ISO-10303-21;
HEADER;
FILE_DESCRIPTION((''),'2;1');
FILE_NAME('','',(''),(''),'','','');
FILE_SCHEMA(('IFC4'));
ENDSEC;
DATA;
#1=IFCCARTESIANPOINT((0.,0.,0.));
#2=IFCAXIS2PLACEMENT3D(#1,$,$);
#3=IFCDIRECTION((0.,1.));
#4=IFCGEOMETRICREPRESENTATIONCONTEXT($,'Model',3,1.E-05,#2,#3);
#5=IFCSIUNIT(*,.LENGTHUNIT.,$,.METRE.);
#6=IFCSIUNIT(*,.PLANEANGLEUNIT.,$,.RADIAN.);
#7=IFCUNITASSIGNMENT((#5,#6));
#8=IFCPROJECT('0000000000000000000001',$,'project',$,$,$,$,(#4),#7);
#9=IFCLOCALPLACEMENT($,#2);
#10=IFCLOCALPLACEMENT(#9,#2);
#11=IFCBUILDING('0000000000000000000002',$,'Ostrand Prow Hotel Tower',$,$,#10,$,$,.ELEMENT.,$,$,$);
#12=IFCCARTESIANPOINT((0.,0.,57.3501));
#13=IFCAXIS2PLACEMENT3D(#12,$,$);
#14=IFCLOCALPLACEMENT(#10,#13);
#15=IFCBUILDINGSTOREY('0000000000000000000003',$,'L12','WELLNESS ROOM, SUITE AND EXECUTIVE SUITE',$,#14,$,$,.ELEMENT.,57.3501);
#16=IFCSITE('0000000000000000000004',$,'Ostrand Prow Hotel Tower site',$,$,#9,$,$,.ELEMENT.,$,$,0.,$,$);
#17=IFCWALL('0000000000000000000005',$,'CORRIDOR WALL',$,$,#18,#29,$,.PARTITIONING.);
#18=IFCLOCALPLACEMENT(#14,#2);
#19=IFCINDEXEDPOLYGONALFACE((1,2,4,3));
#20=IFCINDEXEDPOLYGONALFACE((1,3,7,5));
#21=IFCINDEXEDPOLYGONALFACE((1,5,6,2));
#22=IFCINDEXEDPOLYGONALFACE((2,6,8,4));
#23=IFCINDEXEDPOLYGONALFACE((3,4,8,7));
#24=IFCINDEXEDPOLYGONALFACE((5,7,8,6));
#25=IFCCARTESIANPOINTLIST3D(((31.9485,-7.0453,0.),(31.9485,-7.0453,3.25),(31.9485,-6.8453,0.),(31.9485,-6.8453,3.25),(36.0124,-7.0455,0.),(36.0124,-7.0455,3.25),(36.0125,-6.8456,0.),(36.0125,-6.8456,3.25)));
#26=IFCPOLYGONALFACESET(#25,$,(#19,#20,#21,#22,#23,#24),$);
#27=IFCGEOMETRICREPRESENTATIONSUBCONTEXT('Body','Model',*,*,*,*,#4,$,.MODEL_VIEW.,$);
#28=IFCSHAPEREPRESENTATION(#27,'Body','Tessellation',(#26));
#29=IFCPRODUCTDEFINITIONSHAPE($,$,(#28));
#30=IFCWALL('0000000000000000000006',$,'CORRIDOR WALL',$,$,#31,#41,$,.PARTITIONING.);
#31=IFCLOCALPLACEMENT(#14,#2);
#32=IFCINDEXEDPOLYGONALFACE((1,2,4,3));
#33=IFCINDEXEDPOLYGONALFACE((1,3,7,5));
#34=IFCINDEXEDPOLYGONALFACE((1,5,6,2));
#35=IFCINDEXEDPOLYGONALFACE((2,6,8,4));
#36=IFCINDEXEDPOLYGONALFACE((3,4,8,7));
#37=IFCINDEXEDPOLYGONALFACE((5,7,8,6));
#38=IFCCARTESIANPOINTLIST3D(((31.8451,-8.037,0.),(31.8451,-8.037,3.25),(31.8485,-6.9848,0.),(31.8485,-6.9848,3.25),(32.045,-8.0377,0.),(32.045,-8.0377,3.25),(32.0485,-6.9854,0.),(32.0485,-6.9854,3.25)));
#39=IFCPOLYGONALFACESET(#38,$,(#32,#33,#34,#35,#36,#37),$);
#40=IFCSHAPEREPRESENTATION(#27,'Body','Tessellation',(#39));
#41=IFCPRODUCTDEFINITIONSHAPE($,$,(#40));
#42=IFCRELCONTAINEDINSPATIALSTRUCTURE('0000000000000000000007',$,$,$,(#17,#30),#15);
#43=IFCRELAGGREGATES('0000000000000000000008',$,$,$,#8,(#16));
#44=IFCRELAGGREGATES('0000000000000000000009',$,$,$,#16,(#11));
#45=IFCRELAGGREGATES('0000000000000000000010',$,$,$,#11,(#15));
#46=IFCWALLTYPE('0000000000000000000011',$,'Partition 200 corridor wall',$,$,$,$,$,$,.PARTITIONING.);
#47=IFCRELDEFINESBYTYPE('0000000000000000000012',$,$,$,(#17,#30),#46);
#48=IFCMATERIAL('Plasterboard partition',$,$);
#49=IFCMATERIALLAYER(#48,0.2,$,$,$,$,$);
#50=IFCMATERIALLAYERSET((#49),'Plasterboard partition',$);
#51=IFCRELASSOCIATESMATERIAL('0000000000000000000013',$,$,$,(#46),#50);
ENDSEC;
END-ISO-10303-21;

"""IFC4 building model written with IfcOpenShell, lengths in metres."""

from ifc_helpers import new_model, si_unit, direction, frame, frame_2d, origin, place, context, subcontext, project, spatial, rectangle, extrude, material, layer, layer_set, type_object, element, save


model = new_model("IFC4")

# Units and contexts
model_context = context("Model", 3, precision=1e-05, world=origin(), true_north=direction((0.0, 1.0)))
body_context = subcontext(model_context, "Body", "Model", "MODEL_VIEW")
ifc_project = project(units=[si_unit("LENGTHUNIT", "METRE"), si_unit("PLANEANGLEUNIT", "RADIAN")], contexts=[model_context])

# Site, building, storey
site_placement = place(None, origin())
site = spatial("IfcSite", under=ifc_project, at=site_placement, Name="Ostrand Prow Hotel Tower site", CompositionType="ELEMENT", RefElevation=0.0)
building_placement = place(site_placement, origin())
building = spatial("IfcBuilding", under=site, at=building_placement, Name="Ostrand Prow Hotel Tower", CompositionType="ELEMENT")
storey_placement = place(building_placement, frame((0.0, 0.0, 57.3501)))
storey = spatial("IfcBuildingStorey", under=building, at=storey_placement, Name="L12", Description="WELLNESS ROOM, SUITE AND EXECUTIVE SUITE", CompositionType="ELEMENT", Elevation=57.3501)

# Shared definitions
ifc_material_1 = material(Name="Plasterboard partition")
ifc_layer_1 = layer(ifc_material_1, 0.2)
ifc_layer_set_1 = layer_set([ifc_layer_1], Name="Plasterboard partition")
wall_type_1 = type_object("IfcWallType", Name="Partition 200 corridor wall", PredefinedType="PARTITIONING", material=ifc_layer_set_1)

# Walls
wall_1_placement = place(storey_placement, frame((36.0125, -6.9456, 0.0), z_axis=(0.0, 0.0, 1.0), x_axis=(-1.0, 0.00006, 0.0)))
element("IfcWall", 1, at=wall_1_placement, inside=storey, type_object=wall_type_1, Name="CORRIDOR WALL", PredefinedType="PARTITIONING", context=body_context, shape_type="SweptSolid", body=[
    extrude(rectangle(XDim=4.064, YDim=0.2, at=frame_2d((2.032, 0.0))), origin(), (0.0, 0.0, 1.0), 3.25),
])
wall_2_placement = place(storey_placement, frame((31.9485, -6.9851, 0.0), z_axis=(0.0, 0.0, 1.0), x_axis=(-0.003248, -0.999995, 0.0)))
element("IfcWall", 2, at=wall_2_placement, inside=storey, type_object=wall_type_1, Name="CORRIDOR WALL", PredefinedType="PARTITIONING", context=body_context, shape_type="SweptSolid", body=[
    extrude(rectangle(XDim=1.0522, YDim=0.2, at=frame_2d((0.5261, 0.0))), origin(), (0.0, 0.0, 1.0), 3.25),
])

save(model, "model.ifc")
